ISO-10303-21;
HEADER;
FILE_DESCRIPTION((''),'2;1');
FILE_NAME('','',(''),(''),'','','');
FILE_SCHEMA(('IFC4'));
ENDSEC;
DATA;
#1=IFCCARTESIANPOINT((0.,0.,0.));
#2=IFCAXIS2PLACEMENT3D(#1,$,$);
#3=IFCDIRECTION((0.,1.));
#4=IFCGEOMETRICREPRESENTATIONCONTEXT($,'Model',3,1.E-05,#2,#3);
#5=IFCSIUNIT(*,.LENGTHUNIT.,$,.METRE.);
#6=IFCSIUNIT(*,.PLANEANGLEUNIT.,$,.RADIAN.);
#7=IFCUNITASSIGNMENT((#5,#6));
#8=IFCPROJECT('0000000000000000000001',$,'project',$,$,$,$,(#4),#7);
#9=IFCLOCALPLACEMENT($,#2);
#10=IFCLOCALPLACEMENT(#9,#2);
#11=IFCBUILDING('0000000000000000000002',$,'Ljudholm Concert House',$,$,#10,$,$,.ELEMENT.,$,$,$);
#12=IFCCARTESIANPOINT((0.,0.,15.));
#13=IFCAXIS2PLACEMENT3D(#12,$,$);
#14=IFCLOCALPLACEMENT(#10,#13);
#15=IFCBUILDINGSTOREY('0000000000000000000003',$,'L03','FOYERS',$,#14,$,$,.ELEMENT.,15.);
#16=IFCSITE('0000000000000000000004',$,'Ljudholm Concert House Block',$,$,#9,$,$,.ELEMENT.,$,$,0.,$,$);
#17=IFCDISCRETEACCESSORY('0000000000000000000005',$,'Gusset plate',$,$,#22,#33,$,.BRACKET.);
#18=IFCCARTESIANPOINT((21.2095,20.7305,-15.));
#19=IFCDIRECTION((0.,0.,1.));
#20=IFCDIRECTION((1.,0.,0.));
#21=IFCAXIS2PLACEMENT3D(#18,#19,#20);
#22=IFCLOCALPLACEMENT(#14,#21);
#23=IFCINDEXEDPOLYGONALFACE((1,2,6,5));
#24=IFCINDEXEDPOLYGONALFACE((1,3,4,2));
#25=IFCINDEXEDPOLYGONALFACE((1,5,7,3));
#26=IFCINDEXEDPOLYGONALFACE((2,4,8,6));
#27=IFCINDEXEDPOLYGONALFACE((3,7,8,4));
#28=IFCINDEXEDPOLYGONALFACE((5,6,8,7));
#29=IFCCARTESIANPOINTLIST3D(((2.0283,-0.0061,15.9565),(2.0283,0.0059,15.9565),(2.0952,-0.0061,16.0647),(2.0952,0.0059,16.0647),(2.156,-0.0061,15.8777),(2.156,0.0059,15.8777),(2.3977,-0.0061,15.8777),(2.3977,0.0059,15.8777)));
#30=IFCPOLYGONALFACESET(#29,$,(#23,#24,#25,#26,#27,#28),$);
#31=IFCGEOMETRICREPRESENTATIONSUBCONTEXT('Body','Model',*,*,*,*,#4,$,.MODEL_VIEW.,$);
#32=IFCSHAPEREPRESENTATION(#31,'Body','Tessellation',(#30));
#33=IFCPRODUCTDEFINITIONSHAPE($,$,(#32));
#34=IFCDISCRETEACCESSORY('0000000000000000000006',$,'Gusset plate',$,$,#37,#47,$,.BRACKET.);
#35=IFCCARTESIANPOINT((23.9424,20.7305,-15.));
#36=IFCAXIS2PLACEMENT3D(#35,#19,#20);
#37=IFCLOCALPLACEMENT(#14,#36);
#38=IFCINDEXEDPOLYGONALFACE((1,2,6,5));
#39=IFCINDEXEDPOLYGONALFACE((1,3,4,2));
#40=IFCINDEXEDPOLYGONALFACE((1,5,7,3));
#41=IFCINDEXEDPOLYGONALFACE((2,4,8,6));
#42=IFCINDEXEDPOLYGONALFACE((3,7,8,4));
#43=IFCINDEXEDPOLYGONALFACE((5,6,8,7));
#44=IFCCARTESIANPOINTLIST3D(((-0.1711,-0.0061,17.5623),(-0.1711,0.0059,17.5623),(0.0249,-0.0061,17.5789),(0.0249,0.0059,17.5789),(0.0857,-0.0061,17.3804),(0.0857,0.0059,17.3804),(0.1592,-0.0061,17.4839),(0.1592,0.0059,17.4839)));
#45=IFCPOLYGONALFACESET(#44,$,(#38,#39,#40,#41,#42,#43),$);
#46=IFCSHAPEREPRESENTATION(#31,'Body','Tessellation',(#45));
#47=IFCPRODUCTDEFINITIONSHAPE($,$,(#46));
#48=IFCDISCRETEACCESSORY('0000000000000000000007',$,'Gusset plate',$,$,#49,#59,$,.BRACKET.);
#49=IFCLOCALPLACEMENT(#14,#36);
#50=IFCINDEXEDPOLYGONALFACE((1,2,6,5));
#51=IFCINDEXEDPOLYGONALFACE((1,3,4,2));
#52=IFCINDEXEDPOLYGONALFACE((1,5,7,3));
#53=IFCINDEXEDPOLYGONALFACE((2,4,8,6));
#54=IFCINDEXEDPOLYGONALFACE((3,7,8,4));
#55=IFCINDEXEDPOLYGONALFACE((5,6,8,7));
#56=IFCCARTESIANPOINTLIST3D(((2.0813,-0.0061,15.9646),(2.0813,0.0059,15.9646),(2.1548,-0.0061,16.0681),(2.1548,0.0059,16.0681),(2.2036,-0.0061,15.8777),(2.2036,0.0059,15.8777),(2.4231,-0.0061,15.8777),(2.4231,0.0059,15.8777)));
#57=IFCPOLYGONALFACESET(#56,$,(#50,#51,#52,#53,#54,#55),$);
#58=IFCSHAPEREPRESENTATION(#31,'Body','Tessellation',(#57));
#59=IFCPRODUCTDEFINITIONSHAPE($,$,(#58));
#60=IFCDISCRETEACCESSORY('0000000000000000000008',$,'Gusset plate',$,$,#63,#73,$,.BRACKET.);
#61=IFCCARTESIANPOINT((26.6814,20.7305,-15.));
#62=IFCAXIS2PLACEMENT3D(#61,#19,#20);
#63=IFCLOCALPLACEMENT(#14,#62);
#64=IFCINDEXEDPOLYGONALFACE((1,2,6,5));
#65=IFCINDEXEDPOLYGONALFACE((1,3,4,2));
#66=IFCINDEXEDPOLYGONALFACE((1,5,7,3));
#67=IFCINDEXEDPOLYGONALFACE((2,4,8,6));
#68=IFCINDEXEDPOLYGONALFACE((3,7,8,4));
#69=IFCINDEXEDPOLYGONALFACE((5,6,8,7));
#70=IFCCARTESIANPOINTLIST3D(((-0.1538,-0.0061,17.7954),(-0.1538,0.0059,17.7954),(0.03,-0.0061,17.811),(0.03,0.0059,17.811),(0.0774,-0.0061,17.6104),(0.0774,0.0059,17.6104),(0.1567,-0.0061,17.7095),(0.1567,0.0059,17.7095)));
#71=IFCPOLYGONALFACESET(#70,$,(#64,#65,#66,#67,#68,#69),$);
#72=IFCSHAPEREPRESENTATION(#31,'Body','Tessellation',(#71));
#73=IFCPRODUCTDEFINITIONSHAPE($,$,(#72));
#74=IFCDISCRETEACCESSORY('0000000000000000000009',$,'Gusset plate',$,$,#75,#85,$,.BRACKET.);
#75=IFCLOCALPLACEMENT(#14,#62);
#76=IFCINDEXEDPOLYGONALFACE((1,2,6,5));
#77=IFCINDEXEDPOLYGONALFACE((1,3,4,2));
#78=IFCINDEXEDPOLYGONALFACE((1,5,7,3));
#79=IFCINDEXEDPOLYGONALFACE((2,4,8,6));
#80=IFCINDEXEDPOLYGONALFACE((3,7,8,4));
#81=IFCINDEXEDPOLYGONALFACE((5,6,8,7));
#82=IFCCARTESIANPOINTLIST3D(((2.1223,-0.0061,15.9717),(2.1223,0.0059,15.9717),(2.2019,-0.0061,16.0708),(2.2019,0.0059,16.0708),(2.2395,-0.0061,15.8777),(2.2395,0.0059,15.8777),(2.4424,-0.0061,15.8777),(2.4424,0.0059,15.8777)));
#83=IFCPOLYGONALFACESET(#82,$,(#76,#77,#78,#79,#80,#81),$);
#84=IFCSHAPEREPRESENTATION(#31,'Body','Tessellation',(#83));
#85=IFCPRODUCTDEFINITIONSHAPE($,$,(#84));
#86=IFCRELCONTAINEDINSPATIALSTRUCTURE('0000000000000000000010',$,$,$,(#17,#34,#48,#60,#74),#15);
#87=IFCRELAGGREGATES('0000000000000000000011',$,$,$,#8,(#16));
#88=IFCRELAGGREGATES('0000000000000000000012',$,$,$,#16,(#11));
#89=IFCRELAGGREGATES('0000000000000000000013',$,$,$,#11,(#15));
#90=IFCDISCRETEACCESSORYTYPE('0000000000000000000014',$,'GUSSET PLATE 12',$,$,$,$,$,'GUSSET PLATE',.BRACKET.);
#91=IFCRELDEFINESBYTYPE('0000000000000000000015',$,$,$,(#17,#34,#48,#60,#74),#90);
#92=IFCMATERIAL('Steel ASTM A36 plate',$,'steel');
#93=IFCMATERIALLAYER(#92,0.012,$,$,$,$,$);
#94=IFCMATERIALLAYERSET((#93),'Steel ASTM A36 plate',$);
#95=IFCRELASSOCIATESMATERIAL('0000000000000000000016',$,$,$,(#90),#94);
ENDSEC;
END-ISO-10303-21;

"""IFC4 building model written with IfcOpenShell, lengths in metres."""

from ifc_helpers import new_model, si_unit, direction, frame, origin, place, context, subcontext, project, spatial, polyline, outline, extrude, material, layer, layer_set, type_object, element, save


model = new_model("IFC4")

# Units and contexts
model_context = context("Model", 3, precision=1e-05, world=origin(), true_north=direction((0.0, 1.0)))
body_context = subcontext(model_context, "Body", "Model", "MODEL_VIEW")
ifc_project = project(units=[si_unit("LENGTHUNIT", "METRE"), si_unit("PLANEANGLEUNIT", "RADIAN")], contexts=[model_context])

# Site, building, storey
site_placement = place(None, origin())
site = spatial("IfcSite", under=ifc_project, at=site_placement, Name="Ljudholm Concert House Block", CompositionType="ELEMENT", RefElevation=0.0)
building_placement = place(site_placement, origin())
building = spatial("IfcBuilding", under=site, at=building_placement, Name="Ljudholm Concert House", CompositionType="ELEMENT")
storey_placement = place(building_placement, frame((0.0, 0.0, 15.0)))
storey = spatial("IfcBuildingStorey", under=building, at=storey_placement, Name="L03", Description="FOYERS", CompositionType="ELEMENT", Elevation=15.0)

# Discrete accessories
ifc_material_1 = material(Name="Steel ASTM A36 plate", Category="steel")
ifc_layer_1 = layer(ifc_material_1, 0.012)
ifc_layer_set_1 = layer_set([ifc_layer_1], Name="Steel ASTM A36 plate")
discrete_accessory_type_1 = type_object("IfcDiscreteAccessoryType", Name="GUSSET PLATE 12", ElementType="GUSSET PLATE", PredefinedType="BRACKET", material=ifc_layer_set_1)
discrete_accessory_1_placement = place(storey_placement, frame((21.2095, 20.7305, -15.0), z_axis=(0.0, 0.0, 1.0), x_axis=(1.0, 0.0, 0.0)))
element("IfcDiscreteAccessory", 1, at=discrete_accessory_1_placement, inside=storey, type_object=discrete_accessory_type_1, Name="Gusset plate", PredefinedType="BRACKET", context=body_context, shape_type="SweptSolid", body=[
    extrude(outline(polyline([(2.0952, 16.0647), (2.3977, 15.8777), (2.156, 15.8777), (2.0283, 15.9565), (2.0952, 16.0647)])), frame((0.0, 0.0059, 0.0), z_axis=(0.0, -1.0, 0.0), x_axis=(1.0, 0.0, 0.0)), (0.0, 0.0, 1.0), 0.012),
])
discrete_accessory_2_placement = place(storey_placement, frame((23.9424, 20.7305, -15.0), z_axis=(0.0, 0.0, 1.0), x_axis=(1.0, 0.0, 0.0)))
element("IfcDiscreteAccessory", 2, at=discrete_accessory_2_placement, inside=storey, type_object=discrete_accessory_type_1, Name="Gusset plate", PredefinedType="BRACKET", context=body_context, shape_type="SweptSolid", body=[
    extrude(outline(polyline([(0.0857, 17.3804), (-0.1711, 17.5623), (0.0249, 17.5789), (0.1592, 17.4839), (0.0857, 17.3804)])), frame((0.0, 0.0059, 0.0), z_axis=(0.0, -1.0, 0.0), x_axis=(1.0, 0.0, 0.0)), (0.0, 0.0, 1.0), 0.012),
])
discrete_accessory_3_placement = place(storey_placement, frame((23.9424, 20.7305, -15.0), z_axis=(0.0, 0.0, 1.0), x_axis=(1.0, 0.0, 0.0)))
element("IfcDiscreteAccessory", 3, at=discrete_accessory_3_placement, inside=storey, type_object=discrete_accessory_type_1, Name="Gusset plate", PredefinedType="BRACKET", context=body_context, shape_type="SweptSolid", body=[
    extrude(outline(polyline([(2.1548, 16.0681), (2.4231, 15.8777), (2.2036, 15.8777), (2.0813, 15.9646), (2.1548, 16.0681)])), frame((0.0, 0.0059, 0.0), z_axis=(0.0, -1.0, 0.0), x_axis=(1.0, 0.0, 0.0)), (0.0, 0.0, 1.0), 0.012),
])
discrete_accessory_4_placement = place(storey_placement, frame((26.6814, 20.7305, -15.0), z_axis=(0.0, 0.0, 1.0), x_axis=(1.0, 0.0, 0.0)))
element("IfcDiscreteAccessory", 4, at=discrete_accessory_4_placement, inside=storey, type_object=discrete_accessory_type_1, Name="Gusset plate", PredefinedType="BRACKET", context=body_context, shape_type="SweptSolid", body=[
    extrude(outline(polyline([(0.0774, 17.6104), (-0.1538, 17.7954), (0.03, 17.811), (0.1567, 17.7095), (0.0774, 17.6104)])), frame((0.0, 0.0059, 0.0), z_axis=(0.0, -1.0, 0.0), x_axis=(1.0, 0.0, 0.0)), (0.0, 0.0, 1.0), 0.012),
])
discrete_accessory_5_placement = place(storey_placement, frame((26.6814, 20.7305, -15.0), z_axis=(0.0, 0.0, 1.0), x_axis=(1.0, 0.0, 0.0)))
element("IfcDiscreteAccessory", 5, at=discrete_accessory_5_placement, inside=storey, type_object=discrete_accessory_type_1, Name="Gusset plate", PredefinedType="BRACKET", context=body_context, shape_type="SweptSolid", body=[
    extrude(outline(polyline([(2.2019, 16.0708), (2.4424, 15.8777), (2.2395, 15.8777), (2.1223, 15.9717), (2.2019, 16.0708)])), frame((0.0, 0.0059, 0.0), z_axis=(0.0, -1.0, 0.0), x_axis=(1.0, 0.0, 0.0)), (0.0, 0.0, 1.0), 0.012),
])

save(model, "model.ifc")
